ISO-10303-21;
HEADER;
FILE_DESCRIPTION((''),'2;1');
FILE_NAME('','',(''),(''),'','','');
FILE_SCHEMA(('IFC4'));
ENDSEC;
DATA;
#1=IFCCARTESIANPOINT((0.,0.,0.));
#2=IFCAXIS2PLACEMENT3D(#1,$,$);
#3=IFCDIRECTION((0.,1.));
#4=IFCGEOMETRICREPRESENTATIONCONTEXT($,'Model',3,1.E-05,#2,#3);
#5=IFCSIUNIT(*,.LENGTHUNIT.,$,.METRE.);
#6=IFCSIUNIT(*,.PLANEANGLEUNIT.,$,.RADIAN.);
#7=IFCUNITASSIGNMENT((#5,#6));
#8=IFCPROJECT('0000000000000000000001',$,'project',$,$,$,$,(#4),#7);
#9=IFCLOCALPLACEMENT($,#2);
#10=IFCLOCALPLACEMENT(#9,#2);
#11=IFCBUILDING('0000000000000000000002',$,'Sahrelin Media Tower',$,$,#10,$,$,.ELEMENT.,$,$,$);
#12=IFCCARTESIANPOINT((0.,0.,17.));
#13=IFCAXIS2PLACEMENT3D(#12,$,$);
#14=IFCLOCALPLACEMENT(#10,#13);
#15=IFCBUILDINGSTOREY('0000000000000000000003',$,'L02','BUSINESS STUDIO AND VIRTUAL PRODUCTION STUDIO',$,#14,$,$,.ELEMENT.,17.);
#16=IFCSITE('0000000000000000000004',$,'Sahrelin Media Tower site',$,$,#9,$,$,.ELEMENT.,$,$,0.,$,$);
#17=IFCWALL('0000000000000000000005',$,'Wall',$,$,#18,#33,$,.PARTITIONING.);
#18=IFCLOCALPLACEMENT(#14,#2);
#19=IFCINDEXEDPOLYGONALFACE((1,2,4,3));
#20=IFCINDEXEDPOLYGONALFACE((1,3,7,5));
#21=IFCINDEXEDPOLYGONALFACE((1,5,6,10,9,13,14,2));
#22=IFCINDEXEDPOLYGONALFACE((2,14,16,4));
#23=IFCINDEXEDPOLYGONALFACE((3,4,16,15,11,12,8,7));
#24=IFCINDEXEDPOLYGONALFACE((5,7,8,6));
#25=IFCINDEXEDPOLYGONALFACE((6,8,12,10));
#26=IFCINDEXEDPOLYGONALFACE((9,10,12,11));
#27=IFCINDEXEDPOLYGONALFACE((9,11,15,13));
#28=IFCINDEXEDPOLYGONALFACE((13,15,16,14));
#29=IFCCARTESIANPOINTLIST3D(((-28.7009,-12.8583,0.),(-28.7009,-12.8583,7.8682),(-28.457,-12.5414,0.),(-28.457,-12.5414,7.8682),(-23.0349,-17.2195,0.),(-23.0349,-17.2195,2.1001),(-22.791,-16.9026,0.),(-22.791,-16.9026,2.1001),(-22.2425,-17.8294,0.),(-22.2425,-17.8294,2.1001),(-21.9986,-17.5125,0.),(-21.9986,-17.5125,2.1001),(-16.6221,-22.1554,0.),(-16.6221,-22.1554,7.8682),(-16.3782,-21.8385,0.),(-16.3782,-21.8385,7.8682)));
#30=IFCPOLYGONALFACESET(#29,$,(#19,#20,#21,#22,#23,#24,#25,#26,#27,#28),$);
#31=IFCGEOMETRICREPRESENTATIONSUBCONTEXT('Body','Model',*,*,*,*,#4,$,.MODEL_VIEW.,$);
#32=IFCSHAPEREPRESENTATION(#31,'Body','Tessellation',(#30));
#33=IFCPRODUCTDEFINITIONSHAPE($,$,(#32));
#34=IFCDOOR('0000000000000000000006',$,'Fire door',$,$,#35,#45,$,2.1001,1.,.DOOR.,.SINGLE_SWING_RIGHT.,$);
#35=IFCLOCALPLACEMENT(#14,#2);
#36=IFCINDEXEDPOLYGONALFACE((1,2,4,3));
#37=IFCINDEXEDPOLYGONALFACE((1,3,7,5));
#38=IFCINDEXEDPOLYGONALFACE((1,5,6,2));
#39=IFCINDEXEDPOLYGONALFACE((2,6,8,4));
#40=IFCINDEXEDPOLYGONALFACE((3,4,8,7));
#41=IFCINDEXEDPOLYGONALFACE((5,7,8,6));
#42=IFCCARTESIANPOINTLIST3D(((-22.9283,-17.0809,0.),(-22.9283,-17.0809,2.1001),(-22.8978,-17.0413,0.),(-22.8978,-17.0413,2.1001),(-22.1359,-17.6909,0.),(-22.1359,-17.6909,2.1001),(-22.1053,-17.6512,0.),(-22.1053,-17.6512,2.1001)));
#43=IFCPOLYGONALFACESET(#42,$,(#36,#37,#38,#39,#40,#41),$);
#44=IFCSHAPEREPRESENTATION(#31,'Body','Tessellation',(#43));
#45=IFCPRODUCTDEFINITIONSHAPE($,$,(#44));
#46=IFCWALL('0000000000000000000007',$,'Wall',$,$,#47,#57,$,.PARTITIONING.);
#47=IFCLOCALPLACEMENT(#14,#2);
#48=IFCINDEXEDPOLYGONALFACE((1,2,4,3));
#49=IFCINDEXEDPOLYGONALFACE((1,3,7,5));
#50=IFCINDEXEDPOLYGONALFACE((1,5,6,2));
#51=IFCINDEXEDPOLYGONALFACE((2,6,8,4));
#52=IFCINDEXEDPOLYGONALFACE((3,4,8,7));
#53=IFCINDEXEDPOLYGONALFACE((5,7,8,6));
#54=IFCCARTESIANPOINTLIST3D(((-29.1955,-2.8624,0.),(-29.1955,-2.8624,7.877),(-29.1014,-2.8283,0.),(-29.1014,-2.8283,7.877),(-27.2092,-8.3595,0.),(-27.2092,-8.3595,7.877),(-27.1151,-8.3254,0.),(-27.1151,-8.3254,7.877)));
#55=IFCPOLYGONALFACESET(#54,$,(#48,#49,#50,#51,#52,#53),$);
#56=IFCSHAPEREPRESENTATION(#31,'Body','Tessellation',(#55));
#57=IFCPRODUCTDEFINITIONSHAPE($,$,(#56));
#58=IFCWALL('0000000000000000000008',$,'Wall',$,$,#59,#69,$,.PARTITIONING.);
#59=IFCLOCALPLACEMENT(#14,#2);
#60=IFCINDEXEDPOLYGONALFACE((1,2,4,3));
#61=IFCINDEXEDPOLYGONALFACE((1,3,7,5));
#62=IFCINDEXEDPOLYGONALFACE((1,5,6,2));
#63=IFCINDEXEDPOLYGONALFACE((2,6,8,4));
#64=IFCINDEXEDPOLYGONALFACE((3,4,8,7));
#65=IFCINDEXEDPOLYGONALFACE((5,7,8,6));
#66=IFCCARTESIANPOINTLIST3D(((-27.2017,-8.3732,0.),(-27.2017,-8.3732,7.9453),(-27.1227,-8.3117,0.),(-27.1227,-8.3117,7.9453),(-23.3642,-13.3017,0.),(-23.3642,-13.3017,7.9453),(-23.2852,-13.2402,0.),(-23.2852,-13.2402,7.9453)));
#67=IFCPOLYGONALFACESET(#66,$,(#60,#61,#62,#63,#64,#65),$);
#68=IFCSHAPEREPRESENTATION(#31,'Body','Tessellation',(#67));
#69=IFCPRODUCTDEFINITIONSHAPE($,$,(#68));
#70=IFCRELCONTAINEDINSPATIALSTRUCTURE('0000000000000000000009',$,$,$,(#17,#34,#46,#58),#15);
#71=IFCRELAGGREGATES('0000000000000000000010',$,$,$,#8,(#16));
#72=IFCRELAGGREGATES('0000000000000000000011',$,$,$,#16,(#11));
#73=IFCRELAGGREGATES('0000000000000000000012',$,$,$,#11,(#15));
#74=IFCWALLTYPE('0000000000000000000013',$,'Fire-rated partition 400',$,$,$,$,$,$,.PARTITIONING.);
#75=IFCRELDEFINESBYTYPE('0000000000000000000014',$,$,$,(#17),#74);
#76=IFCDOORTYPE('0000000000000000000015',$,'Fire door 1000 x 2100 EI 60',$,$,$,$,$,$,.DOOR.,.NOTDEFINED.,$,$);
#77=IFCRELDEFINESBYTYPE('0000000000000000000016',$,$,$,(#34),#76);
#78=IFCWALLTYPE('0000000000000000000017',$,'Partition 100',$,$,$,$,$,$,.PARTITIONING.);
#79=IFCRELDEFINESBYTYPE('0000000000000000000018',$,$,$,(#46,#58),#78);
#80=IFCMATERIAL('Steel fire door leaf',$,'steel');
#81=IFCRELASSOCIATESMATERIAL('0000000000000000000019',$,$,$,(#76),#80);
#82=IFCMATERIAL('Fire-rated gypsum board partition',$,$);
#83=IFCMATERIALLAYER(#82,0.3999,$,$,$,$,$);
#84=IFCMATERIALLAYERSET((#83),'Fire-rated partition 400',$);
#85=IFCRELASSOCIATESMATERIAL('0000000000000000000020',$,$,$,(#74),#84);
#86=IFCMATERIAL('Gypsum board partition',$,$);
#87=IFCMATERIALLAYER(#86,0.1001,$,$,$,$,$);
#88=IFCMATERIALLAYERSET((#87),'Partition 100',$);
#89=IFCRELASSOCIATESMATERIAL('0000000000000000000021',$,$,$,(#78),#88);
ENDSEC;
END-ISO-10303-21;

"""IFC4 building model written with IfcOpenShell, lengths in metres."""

from ifc_helpers import new_model, si_unit, direction, frame, frame_2d, origin, place, context, subcontext, project, spatial, rectangle, extrude, material, layer, layer_set, type_object, element, fill, save


model = new_model("IFC4")

# Units and contexts
model_context = context("Model", 3, precision=1e-05, world=origin(), true_north=direction((0.0, 1.0)))
body_context = subcontext(model_context, "Body", "Model", "MODEL_VIEW")
ifc_project = project(units=[si_unit("LENGTHUNIT", "METRE"), si_unit("PLANEANGLEUNIT", "RADIAN")], contexts=[model_context])

# Site, building, storey
site_placement = place(None, origin())
site = spatial("IfcSite", under=ifc_project, at=site_placement, Name="Sahrelin Media Tower site", CompositionType="ELEMENT", RefElevation=0.0)
building_placement = place(site_placement, origin())
building = spatial("IfcBuilding", under=site, at=building_placement, Name="Sahrelin Media Tower", CompositionType="ELEMENT")
storey_placement = place(building_placement, frame((0.0, 0.0, 17.0)))
storey = spatial("IfcBuildingStorey", under=building, at=storey_placement, Name="L02", Description="BUSINESS STUDIO AND VIRTUAL PRODUCTION STUDIO", CompositionType="ELEMENT", Elevation=17.0)

# Shared definitions
ifc_material_1 = material(Name="Fire-rated gypsum board partition")

# Shared definitions
ifc_material_2 = material(Name="Steel fire door leaf", Category="steel")
door_type = type_object("IfcDoorType", Name="Fire door 1000 x 2100 EI 60", OperationType="NOTDEFINED", PredefinedType="DOOR", material=ifc_material_2)

# Shared definitions
ifc_layer_1 = layer(ifc_material_1, 0.3999)
ifc_layer_set_1 = layer_set([ifc_layer_1], Name="Fire-rated partition 400")
wall_type_1 = type_object("IfcWallType", Name="Fire-rated partition 400", PredefinedType="PARTITIONING", material=ifc_layer_set_1)

# Wall, opening, door
wall_1_placement = place(storey_placement, frame((-28.5789, -12.7, 0.0), z_axis=(0.0, 0.0, 1.0), x_axis=(0.792444, -0.609945, 0.0)))
wall_1 = element("IfcWall", 1, at=wall_1_placement, inside=storey, type_object=wall_type_1, Name="Wall", PredefinedType="PARTITIONING", context=body_context, shape_type="SweptSolid", body=[
    extrude(rectangle(XDim=15.2424, YDim=0.3999, at=frame_2d((7.6211, 0.0))), origin(), (0.0, 0.0, 1.0), 7.8682),
])
opening_1_placement = place(wall_1_placement, frame((7.1499, 0.0, 0.0)))
opening_1 = element("IfcOpeningElement", 2, at=opening_1_placement, cuts=wall_1, PredefinedType="OPENING", context=body_context, shape_type="SweptSolid", body=[
    extrude(rectangle(XDim=1.0, YDim=2.1001, at=frame_2d((0.5, 1.05))), frame((0.0, 0.2, 0.0), z_axis=(0.0, -1.0, 0.0), x_axis=(1.0, 0.0, 0.0)), (0.0, 0.0, 1.0), 0.3999),
])
door_1_placement = place(opening_1_placement, origin())
door_1 = element("IfcDoor", 3, at=door_1_placement, inside=storey, type_object=door_type, Name="Fire door", OperationType="SINGLE_SWING_RIGHT", OverallHeight=2.1001, OverallWidth=1.0, PredefinedType="DOOR", context=body_context, shape_type="SweptSolid", body=[
    extrude(rectangle(XDim=1.0, YDim=2.1001, at=frame_2d((0.5, 1.05))), frame((0.0, 0.0249, 0.0), z_axis=(0.0, -1.0, 0.0), x_axis=(1.0, 0.0, 0.0)), (0.0, 0.0, 1.0), 0.05),
])
fill(opening_1, door_1)

# Walls
ifc_material_3 = material(Name="Gypsum board partition")
ifc_layer_2 = layer(ifc_material_3, 0.1001)
ifc_layer_set_2 = layer_set([ifc_layer_2], Name="Partition 100")
wall_type_2 = type_object("IfcWallType", Name="Partition 100", PredefinedType="PARTITIONING", material=ifc_layer_set_2)
wall_2_placement = place(storey_placement, frame((-29.1484, -2.8455, 0.0), z_axis=(0.0, 0.0, 1.0), x_axis=(0.339837, -0.940484, 0.0)))
element("IfcWall", 4, at=wall_2_placement, inside=storey, type_object=wall_type_2, Name="Wall", PredefinedType="PARTITIONING", context=body_context, shape_type="SweptSolid", body=[
    extrude(rectangle(XDim=5.845, YDim=0.1001, at=frame_2d((2.9224, 0.0))), origin(), (0.0, 0.0, 1.0), 7.877),
])
wall_3_placement = place(storey_placement, frame((-27.1621, -8.3425, 0.0), z_axis=(0.0, 0.0, 1.0), x_axis=(0.614355, -0.78903, 0.0)))
element("IfcWall", 5, at=wall_3_placement, inside=storey, type_object=wall_type_2, Name="Wall", PredefinedType="PARTITIONING", context=body_context, shape_type="SweptSolid", body=[
    extrude(rectangle(XDim=6.2463, YDim=0.1001, at=frame_2d((3.123, 0.0))), origin(), (0.0, 0.0, 1.0), 7.9453),
])

save(model, "model.ifc")
